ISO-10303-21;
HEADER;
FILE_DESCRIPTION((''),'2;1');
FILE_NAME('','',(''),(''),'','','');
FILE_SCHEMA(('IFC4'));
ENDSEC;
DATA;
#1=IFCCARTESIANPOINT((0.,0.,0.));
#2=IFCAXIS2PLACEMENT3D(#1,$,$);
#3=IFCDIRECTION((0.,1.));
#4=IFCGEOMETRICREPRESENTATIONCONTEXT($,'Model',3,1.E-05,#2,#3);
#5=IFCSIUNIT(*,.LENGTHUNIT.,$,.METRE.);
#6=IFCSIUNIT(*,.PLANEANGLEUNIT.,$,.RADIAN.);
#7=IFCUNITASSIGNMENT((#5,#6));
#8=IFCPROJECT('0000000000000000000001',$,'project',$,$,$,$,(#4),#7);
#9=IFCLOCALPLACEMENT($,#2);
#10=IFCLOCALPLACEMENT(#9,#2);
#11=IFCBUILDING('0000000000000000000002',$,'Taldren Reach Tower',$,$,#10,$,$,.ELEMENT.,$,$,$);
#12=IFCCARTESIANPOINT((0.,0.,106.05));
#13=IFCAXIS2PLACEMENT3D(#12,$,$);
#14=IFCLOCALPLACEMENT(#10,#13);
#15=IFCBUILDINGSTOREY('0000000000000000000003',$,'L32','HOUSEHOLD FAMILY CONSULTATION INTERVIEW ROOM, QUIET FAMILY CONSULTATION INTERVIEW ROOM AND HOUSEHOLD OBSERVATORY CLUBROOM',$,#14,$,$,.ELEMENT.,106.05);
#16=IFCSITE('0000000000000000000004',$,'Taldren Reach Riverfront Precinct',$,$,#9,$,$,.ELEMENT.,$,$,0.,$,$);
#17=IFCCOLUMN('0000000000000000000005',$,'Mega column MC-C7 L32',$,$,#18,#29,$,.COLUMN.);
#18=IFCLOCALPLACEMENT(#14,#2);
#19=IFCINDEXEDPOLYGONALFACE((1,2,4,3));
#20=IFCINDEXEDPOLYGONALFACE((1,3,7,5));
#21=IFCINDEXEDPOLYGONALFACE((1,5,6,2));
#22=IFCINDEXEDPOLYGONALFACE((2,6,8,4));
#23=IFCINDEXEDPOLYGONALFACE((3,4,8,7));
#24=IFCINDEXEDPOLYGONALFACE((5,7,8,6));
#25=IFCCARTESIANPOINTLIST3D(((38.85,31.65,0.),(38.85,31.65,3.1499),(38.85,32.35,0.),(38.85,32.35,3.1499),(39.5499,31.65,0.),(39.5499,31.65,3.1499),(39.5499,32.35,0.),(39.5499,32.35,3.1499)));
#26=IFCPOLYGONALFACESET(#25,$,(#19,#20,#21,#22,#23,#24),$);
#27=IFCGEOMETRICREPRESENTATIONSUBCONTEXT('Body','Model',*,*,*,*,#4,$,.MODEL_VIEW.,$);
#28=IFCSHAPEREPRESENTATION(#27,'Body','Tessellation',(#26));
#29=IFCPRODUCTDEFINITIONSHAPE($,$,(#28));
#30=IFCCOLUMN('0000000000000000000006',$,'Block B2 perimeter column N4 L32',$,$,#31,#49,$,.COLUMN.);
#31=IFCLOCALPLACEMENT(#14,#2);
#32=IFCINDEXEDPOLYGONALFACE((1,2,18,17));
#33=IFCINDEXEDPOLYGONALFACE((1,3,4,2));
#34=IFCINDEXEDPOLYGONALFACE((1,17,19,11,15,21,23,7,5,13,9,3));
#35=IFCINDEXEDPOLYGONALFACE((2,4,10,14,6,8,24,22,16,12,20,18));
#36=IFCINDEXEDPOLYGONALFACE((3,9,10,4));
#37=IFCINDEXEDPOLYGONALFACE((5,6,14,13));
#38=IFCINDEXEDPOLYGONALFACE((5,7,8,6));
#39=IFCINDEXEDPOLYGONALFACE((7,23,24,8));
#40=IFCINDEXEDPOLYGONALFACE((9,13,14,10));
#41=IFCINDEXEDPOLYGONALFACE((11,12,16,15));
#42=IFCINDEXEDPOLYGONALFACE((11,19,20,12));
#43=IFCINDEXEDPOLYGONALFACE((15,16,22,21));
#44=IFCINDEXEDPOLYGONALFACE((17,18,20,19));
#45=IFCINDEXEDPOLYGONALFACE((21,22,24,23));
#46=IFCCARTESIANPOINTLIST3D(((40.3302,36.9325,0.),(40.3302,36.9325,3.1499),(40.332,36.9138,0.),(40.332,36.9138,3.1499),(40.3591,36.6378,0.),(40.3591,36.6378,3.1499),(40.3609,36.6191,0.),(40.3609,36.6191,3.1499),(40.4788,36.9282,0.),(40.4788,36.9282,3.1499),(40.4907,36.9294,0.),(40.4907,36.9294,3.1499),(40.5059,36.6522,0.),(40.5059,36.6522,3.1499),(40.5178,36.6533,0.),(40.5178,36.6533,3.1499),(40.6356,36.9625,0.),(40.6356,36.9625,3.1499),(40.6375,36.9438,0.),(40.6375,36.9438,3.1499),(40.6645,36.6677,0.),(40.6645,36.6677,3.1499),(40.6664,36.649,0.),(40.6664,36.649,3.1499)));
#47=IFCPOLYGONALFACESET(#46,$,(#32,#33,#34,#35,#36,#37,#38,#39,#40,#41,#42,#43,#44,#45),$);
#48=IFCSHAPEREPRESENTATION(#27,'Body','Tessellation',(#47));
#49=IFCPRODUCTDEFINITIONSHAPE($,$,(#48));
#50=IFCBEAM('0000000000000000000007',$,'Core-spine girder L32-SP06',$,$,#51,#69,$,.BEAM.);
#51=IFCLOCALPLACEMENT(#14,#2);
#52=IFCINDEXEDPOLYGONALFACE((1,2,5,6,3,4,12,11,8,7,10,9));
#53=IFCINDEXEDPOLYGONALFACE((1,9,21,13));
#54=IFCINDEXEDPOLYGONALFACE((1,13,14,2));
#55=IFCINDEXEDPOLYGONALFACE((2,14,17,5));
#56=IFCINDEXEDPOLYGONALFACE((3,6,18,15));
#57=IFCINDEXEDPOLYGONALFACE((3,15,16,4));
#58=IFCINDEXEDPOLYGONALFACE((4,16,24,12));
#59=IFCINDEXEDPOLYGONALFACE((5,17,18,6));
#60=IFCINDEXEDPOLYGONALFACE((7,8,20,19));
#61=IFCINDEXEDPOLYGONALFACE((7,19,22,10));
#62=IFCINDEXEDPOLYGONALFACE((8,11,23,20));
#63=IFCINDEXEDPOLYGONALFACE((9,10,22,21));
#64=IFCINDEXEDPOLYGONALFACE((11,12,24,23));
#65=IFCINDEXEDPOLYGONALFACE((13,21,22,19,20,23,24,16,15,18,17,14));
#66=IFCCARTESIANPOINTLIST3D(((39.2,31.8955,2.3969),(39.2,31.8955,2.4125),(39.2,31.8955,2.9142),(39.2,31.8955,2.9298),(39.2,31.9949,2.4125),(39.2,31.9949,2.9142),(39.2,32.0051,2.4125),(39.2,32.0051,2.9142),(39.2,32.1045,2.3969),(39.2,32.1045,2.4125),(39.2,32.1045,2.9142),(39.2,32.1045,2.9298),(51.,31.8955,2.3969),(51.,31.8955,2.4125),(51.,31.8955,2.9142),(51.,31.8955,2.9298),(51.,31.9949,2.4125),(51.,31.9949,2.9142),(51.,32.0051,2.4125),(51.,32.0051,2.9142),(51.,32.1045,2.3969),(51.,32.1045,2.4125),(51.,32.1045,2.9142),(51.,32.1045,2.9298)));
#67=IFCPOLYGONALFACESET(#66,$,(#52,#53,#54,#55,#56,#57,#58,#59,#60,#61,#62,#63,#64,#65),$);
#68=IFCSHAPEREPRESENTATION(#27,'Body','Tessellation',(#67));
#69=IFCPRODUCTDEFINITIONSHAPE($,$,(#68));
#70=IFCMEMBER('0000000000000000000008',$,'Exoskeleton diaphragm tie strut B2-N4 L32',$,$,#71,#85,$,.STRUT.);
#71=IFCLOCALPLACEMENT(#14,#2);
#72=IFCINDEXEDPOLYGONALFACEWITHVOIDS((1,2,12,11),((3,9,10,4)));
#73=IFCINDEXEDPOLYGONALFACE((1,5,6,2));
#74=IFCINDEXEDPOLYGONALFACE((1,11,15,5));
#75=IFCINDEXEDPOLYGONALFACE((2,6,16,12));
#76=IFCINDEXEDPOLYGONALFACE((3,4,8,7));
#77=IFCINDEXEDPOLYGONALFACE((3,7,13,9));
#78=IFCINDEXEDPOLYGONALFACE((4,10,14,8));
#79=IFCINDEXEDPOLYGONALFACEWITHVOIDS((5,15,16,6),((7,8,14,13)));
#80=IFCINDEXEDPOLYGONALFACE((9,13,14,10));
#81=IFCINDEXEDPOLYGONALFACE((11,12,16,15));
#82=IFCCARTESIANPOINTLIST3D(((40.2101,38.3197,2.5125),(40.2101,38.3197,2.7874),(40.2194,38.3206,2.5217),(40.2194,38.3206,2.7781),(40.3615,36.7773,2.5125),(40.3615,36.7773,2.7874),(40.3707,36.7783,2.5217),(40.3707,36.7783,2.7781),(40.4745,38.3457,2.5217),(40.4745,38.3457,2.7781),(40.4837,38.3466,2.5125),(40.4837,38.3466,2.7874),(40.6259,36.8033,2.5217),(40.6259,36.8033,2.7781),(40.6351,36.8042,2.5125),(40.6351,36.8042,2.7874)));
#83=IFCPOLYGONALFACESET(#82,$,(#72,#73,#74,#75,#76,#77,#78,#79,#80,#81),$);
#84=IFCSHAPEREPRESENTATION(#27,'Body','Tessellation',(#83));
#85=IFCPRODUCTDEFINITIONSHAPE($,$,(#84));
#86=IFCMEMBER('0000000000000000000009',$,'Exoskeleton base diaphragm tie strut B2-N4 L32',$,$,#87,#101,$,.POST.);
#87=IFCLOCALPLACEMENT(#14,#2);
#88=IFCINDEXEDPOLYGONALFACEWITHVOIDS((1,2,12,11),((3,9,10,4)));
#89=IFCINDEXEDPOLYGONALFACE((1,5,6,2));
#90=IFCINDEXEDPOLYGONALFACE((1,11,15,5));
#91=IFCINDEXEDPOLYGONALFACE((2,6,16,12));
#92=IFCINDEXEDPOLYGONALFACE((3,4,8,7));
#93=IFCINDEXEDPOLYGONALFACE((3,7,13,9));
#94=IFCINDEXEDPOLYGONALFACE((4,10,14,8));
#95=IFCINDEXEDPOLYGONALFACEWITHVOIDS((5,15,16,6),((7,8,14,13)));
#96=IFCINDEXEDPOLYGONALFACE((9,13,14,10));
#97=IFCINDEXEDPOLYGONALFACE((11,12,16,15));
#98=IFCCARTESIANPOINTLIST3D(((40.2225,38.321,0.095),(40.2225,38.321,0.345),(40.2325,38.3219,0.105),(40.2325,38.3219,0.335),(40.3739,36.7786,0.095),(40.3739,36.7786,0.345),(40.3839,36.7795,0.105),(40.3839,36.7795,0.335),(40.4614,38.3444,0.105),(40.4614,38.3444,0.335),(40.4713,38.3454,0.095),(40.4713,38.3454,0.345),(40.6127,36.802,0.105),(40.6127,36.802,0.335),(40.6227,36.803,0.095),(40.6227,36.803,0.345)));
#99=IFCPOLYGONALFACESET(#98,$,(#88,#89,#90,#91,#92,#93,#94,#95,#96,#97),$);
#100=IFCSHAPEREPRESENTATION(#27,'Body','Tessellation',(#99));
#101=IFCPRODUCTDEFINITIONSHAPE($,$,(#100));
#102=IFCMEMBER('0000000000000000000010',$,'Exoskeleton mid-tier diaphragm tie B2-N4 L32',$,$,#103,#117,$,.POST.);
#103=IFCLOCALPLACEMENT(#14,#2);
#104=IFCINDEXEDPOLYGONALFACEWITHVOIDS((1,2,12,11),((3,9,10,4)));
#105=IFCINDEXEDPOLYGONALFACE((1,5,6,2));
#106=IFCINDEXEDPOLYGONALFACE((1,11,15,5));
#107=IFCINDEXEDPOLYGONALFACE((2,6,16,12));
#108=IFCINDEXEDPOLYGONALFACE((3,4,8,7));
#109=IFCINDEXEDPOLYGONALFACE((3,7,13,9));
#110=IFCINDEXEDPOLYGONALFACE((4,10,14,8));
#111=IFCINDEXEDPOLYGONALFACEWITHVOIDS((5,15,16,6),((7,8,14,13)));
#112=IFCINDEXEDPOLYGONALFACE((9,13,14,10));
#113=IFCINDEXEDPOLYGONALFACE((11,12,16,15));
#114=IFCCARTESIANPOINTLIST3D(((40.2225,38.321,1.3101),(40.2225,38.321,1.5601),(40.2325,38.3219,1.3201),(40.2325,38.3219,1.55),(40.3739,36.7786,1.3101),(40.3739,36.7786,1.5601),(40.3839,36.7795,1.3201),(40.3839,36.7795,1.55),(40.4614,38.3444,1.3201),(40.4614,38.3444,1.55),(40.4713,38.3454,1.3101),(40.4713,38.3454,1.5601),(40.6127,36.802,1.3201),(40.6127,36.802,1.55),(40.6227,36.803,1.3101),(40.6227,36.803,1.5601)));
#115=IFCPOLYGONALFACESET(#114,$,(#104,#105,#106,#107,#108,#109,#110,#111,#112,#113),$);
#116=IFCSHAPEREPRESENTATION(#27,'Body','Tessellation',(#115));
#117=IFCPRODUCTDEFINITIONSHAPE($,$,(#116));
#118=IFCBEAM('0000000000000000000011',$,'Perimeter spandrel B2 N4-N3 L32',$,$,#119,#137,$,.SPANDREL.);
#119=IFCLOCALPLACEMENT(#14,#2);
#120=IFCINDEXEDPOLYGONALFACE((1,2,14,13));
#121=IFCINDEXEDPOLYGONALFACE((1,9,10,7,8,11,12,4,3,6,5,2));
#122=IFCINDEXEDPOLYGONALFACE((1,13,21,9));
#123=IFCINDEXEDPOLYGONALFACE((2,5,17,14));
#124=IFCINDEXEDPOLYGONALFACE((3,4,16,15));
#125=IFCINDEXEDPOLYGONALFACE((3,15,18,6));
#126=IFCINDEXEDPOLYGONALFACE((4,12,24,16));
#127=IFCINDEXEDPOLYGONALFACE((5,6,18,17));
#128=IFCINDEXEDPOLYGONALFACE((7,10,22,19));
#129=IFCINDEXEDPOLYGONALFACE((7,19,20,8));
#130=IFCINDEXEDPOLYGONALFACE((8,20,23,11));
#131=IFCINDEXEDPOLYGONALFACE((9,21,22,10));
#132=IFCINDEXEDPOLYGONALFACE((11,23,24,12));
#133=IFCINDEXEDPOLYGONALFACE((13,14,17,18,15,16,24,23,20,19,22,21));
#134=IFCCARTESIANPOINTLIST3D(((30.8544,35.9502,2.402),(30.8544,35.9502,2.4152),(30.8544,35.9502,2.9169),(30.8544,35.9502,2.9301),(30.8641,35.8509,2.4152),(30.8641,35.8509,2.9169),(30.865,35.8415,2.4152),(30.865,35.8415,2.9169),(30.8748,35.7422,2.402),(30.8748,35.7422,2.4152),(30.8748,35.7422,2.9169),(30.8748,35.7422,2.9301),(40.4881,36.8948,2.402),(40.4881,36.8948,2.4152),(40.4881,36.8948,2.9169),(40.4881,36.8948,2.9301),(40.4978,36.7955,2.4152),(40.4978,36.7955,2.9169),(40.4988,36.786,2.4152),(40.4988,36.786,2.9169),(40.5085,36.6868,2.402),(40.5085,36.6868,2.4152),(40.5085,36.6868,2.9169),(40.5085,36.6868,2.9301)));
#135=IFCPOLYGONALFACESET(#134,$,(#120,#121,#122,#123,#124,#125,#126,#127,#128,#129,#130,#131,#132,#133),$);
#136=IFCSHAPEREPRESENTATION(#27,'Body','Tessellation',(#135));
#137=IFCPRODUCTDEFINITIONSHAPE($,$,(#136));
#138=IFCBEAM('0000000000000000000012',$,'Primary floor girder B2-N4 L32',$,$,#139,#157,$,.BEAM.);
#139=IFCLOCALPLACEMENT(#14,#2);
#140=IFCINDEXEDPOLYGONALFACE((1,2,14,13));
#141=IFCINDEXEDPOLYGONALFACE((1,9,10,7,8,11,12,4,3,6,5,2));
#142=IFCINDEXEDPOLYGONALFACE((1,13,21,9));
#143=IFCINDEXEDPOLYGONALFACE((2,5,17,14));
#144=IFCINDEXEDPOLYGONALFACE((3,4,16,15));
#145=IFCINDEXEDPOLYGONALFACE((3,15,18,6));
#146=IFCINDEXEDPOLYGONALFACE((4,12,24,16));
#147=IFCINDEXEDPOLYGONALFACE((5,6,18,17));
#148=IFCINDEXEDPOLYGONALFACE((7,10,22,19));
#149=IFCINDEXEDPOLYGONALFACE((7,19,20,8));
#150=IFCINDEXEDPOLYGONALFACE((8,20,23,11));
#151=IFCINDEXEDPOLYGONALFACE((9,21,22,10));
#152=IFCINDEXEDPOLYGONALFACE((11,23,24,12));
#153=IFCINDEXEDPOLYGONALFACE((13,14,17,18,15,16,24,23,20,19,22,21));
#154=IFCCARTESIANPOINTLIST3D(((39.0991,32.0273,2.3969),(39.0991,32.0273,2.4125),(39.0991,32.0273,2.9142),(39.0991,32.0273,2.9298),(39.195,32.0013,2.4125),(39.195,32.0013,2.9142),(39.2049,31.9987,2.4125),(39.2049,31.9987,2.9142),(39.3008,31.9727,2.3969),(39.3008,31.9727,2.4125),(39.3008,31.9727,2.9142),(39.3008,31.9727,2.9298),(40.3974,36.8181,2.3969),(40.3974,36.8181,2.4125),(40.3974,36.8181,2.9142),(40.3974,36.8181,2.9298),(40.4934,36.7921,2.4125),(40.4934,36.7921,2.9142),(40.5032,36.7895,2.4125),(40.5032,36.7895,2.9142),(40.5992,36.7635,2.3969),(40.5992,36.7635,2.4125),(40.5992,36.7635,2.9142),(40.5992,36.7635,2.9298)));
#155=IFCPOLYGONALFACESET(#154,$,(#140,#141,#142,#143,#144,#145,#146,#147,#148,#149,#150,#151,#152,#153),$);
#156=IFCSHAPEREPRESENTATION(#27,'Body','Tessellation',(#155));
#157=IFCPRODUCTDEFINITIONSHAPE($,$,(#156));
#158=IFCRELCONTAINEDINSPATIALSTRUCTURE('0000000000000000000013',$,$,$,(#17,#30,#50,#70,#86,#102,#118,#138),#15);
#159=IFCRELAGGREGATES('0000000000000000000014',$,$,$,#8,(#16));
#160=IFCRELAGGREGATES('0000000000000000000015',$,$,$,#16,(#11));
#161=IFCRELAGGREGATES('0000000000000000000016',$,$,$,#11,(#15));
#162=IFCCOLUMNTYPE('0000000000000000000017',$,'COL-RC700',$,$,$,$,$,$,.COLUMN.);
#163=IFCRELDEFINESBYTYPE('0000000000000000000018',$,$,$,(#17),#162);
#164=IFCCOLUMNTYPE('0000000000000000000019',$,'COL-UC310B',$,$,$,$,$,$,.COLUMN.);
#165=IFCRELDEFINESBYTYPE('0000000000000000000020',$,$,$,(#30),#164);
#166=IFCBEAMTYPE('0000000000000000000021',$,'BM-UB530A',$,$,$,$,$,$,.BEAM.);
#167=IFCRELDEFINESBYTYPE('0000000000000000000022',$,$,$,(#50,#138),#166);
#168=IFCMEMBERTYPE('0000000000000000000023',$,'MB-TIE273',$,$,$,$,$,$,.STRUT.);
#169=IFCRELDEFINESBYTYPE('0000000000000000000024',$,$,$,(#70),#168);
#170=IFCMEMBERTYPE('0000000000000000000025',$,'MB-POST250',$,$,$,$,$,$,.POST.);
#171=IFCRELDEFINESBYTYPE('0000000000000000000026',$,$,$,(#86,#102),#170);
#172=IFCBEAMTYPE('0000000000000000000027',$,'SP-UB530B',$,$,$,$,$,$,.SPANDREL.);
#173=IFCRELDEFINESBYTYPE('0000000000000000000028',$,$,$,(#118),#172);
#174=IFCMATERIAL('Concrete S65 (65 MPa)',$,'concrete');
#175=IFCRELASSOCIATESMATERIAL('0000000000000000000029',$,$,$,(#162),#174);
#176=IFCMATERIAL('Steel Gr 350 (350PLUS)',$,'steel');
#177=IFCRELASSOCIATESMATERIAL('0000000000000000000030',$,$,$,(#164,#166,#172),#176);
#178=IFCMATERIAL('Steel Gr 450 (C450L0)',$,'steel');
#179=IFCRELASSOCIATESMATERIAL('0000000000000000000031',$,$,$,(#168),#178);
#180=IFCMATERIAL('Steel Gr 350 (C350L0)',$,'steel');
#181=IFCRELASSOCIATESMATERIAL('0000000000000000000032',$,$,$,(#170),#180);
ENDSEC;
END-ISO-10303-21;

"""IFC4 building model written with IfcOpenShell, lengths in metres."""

from ifc_helpers import new_model, si_unit, direction, frame, origin, origin_2d, place, context, subcontext, project, spatial, rectangle, hollow_rectangle, i_section, extrude, source, transform, mapped, material, material_profile, profile_set, type_object, element, save


model = new_model("IFC4")

# Units and contexts
model_context = context("Model", 3, precision=1e-05, world=origin(), true_north=direction((0.0, 1.0)))
body_context = subcontext(model_context, "Body", "Model", "MODEL_VIEW")
ifc_project = project(units=[si_unit("LENGTHUNIT", "METRE"), si_unit("PLANEANGLEUNIT", "RADIAN")], contexts=[model_context])

# Site, building, storey
site_placement = place(None, origin())
site = spatial("IfcSite", under=ifc_project, at=site_placement, Name="Taldren Reach Riverfront Precinct", CompositionType="ELEMENT", RefElevation=0.0)
building_placement = place(site_placement, origin())
building = spatial("IfcBuilding", under=site, at=building_placement, Name="Taldren Reach Tower", CompositionType="ELEMENT")
storey_placement = place(building_placement, frame((0.0, 0.0, 106.05)))
storey = spatial("IfcBuildingStorey", under=building, at=storey_placement, Name="L32", Description="HOUSEHOLD FAMILY CONSULTATION INTERVIEW ROOM, QUIET FAMILY CONSULTATION INTERVIEW ROOM AND HOUSEHOLD OBSERVATORY CLUBROOM", CompositionType="ELEMENT", Elevation=106.05)

# Columns
ifc_material_1 = material(Name="Concrete S65 (65 MPa)", Category="concrete")
ifc_material_profile_1 = material_profile(ifc_material_1, rectangle(XDim=0.7, YDim=0.7, at=origin_2d()), Name="RC-700x700")
ifc_profile_set_1 = profile_set([ifc_material_profile_1], Name="Concrete S65 (65 MPa)")
column_type_1 = type_object("IfcColumnType", Name="COL-RC700", PredefinedType="COLUMN", material=ifc_profile_set_1)
shared_shape_1 = source(origin(), body_context, "Body", "SweptSolid", [
    extrude(rectangle(XDim=0.7, YDim=0.7, at=origin_2d()), origin(), (0.0, 0.0, 1.0), 3.1499),
])
column_1_placement = place(storey_placement, frame((39.2, 32.0, 0.0), z_axis=(0.0, 0.0, 1.0), x_axis=(1.0, 0.0, 0.0)))
element("IfcColumn", 1, at=column_1_placement, inside=storey, type_object=column_type_1, Name="Mega column MC-C7 L32", PredefinedType="COLUMN", context=body_context, shape_type="MappedRepresentation", body=[
    mapped(shared_shape_1, transform((0.0, 0.0, 0.0), scale=1.0)),
])
ifc_material_2 = material(Name="Steel Gr 350 (350PLUS)", Category="steel")
ifc_material_profile_2 = material_profile(ifc_material_2, i_section(OverallWidth=0.3069, OverallDepth=0.3149, WebThickness=0.012, FlangeThickness=0.0188, at=origin_2d()), Name="310UC118")
ifc_profile_set_2 = profile_set([ifc_material_profile_2], Name="Steel Gr 350 (350PLUS)")
column_type_2 = type_object("IfcColumnType", Name="COL-UC310B", PredefinedType="COLUMN", material=ifc_profile_set_2)
shared_shape_2 = source(origin(), body_context, "Body", "SweptSolid", [
    extrude(i_section(OverallWidth=0.3069, OverallDepth=0.3149, WebThickness=0.012, FlangeThickness=0.0188, at=origin_2d()), origin(), (0.0, 0.0, 1.0), 3.1499),
])
column_2_placement = place(storey_placement, frame((40.4983, 36.7908, 0.0), z_axis=(0.0, 0.0, 1.0), x_axis=(0.995227, 0.097583, 0.0)))
element("IfcColumn", 2, at=column_2_placement, inside=storey, type_object=column_type_2, Name="Block B2 perimeter column N4 L32", PredefinedType="COLUMN", context=body_context, shape_type="MappedRepresentation", body=[
    mapped(shared_shape_2, transform((0.0, 0.0, 0.0), scale=1.0)),
])

# Beam
ifc_material_profile_3 = material_profile(ifc_material_2, i_section(OverallWidth=0.209, OverallDepth=0.533, WebThickness=0.0103, FlangeThickness=0.0156, at=origin_2d()), Name="530UB92.4")
ifc_profile_set_3 = profile_set([ifc_material_profile_3], Name="Steel Gr 350 (350PLUS)")
beam_type_1 = type_object("IfcBeamType", Name="BM-UB530A", PredefinedType="BEAM", material=ifc_profile_set_3)
shared_shape_3 = source(origin(), body_context, "Body", "SweptSolid", [
    extrude(i_section(OverallWidth=0.209, OverallDepth=0.533, WebThickness=0.0103, FlangeThickness=0.0156, at=origin_2d()), origin(), (0.0, 0.0, 1.0), 11.8),
])
beam_1_placement = place(storey_placement, frame((39.2, 32.0, 2.6633), z_axis=(1.0, 0.0, 0.0), x_axis=(0.0, 1.0, 0.0)))
element("IfcBeam", 3, at=beam_1_placement, inside=storey, type_object=beam_type_1, Name="Core-spine girder L32-SP06", PredefinedType="BEAM", context=body_context, shape_type="MappedRepresentation", body=[
    mapped(shared_shape_3, transform((0.0, 0.0, 0.0), scale=1.0)),
])

# Members
ifc_material_3 = material(Name="Steel Gr 450 (C450L0)", Category="steel")
ifc_material_profile_4 = material_profile(ifc_material_3, hollow_rectangle(XDim=0.2749, YDim=0.2749, WallThickness=0.0093, at=origin_2d()), Name="275x275x9.3SHS")
ifc_profile_set_4 = profile_set([ifc_material_profile_4], Name="Steel Gr 450 (C450L0)")
member_type_1 = type_object("IfcMemberType", Name="MB-TIE273", PredefinedType="STRUT", material=ifc_profile_set_4)
shared_shape_4 = source(origin(), body_context, "Body", "SweptSolid", [
    extrude(hollow_rectangle(XDim=0.2749, YDim=0.2749, WallThickness=0.0093, at=origin_2d()), origin(), (0.0, 0.0, 1.0), 1.5498),
])
member_1_placement = place(storey_placement, frame((40.4983, 36.7908, 2.6499), z_axis=(-0.097663, 0.99522, 0.0), x_axis=(-0.99522, -0.097663, 0.0)))
element("IfcMember", 4, at=member_1_placement, inside=storey, type_object=member_type_1, Name="Exoskeleton diaphragm tie strut B2-N4 L32", PredefinedType="STRUT", context=body_context, shape_type="MappedRepresentation", body=[
    mapped(shared_shape_4, transform((0.0, 0.0, 0.0), scale=1.0)),
])
ifc_material_4 = material(Name="Steel Gr 350 (C350L0)", Category="steel")
ifc_material_profile_5 = material_profile(ifc_material_4, hollow_rectangle(XDim=0.25, YDim=0.25, WallThickness=0.01, at=origin_2d()), Name="250x250x10.0SHS")
ifc_profile_set_5 = profile_set([ifc_material_profile_5], Name="Steel Gr 350 (C350L0)")
member_type_2 = type_object("IfcMemberType", Name="MB-POST250", PredefinedType="POST", material=ifc_profile_set_5)
shared_shape_5 = source(origin(), body_context, "Body", "SweptSolid", [
    extrude(hollow_rectangle(XDim=0.25, YDim=0.25, WallThickness=0.01, at=origin_2d()), origin(), (0.0, 0.0, 1.0), 1.5498),
])
for number, where, z_axis, x_axis, name in (
    (5, (40.4983, 36.7908, 0.22), (-0.097663, 0.99522, 0.0), (-0.99522, -0.097663, 0.0), "Exoskeleton base diaphragm tie strut B2-N4 L32"),
    (6, (40.4983, 36.7908, 1.4351), (-0.097663, 0.99522, 0.0), (-0.99522, -0.097663, 0.0), "Exoskeleton mid-tier diaphragm tie B2-N4 L32"),
):
    element("IfcMember", number, at=place(storey_placement, frame(where, z_axis=z_axis, x_axis=x_axis)), inside=storey, type_object=member_type_2, Name=name, PredefinedType="POST", context=body_context, shape_type="MappedRepresentation", body=[
        mapped(shared_shape_5, transform((0.0, 0.0, 0.0), scale=1.0)),
    ])

# Beams
ifc_material_profile_6 = material_profile(ifc_material_2, i_section(OverallWidth=0.209, OverallDepth=0.5281, WebThickness=0.0095, FlangeThickness=0.0132, at=origin_2d()), Name="530UB82.0")
ifc_profile_set_6 = profile_set([ifc_material_profile_6], Name="Steel Gr 350 (350PLUS)")
beam_type_2 = type_object("IfcBeamType", Name="SP-UB530B", PredefinedType="SPANDREL", material=ifc_profile_set_6)
shared_shape_6 = source(origin(), body_context, "Body", "SweptSolid", [
    extrude(i_section(OverallWidth=0.209, OverallDepth=0.5281, WebThickness=0.0095, FlangeThickness=0.0132, at=origin_2d()), origin(), (0.0, 0.0, 1.0), 9.6799),
])
beam_2_placement = place(storey_placement, frame((40.4983, 36.7908, 2.666), z_axis=(-0.995228, -0.097581, 0.0), x_axis=(0.097581, -0.995228, 0.0)))
element("IfcBeam", 7, at=beam_2_placement, inside=storey, type_object=beam_type_2, Name="Perimeter spandrel B2 N4-N3 L32", PredefinedType="SPANDREL", context=body_context, shape_type="MappedRepresentation", body=[
    mapped(shared_shape_6, transform((0.0, 0.0, 0.0), scale=1.0)),
])
shared_shape_7 = source(origin(), body_context, "Body", "SweptSolid", [
    extrude(i_section(OverallWidth=0.209, OverallDepth=0.533, WebThickness=0.0103, FlangeThickness=0.0156, at=origin_2d()), origin(), (0.0, 0.0, 1.0), 4.9636),
])
beam_3_placement = place(storey_placement, frame((39.2, 32.0, 2.6633), z_axis=(0.261573, 0.965184, 0.0), x_axis=(-0.965184, 0.261573, 0.0)))
element("IfcBeam", 8, at=beam_3_placement, inside=storey, type_object=beam_type_1, Name="Primary floor girder B2-N4 L32", PredefinedType="BEAM", context=body_context, shape_type="MappedRepresentation", body=[
    mapped(shared_shape_7, transform((0.0, 0.0, 0.0), scale=1.0)),
])

save(model, "model.ifc")
